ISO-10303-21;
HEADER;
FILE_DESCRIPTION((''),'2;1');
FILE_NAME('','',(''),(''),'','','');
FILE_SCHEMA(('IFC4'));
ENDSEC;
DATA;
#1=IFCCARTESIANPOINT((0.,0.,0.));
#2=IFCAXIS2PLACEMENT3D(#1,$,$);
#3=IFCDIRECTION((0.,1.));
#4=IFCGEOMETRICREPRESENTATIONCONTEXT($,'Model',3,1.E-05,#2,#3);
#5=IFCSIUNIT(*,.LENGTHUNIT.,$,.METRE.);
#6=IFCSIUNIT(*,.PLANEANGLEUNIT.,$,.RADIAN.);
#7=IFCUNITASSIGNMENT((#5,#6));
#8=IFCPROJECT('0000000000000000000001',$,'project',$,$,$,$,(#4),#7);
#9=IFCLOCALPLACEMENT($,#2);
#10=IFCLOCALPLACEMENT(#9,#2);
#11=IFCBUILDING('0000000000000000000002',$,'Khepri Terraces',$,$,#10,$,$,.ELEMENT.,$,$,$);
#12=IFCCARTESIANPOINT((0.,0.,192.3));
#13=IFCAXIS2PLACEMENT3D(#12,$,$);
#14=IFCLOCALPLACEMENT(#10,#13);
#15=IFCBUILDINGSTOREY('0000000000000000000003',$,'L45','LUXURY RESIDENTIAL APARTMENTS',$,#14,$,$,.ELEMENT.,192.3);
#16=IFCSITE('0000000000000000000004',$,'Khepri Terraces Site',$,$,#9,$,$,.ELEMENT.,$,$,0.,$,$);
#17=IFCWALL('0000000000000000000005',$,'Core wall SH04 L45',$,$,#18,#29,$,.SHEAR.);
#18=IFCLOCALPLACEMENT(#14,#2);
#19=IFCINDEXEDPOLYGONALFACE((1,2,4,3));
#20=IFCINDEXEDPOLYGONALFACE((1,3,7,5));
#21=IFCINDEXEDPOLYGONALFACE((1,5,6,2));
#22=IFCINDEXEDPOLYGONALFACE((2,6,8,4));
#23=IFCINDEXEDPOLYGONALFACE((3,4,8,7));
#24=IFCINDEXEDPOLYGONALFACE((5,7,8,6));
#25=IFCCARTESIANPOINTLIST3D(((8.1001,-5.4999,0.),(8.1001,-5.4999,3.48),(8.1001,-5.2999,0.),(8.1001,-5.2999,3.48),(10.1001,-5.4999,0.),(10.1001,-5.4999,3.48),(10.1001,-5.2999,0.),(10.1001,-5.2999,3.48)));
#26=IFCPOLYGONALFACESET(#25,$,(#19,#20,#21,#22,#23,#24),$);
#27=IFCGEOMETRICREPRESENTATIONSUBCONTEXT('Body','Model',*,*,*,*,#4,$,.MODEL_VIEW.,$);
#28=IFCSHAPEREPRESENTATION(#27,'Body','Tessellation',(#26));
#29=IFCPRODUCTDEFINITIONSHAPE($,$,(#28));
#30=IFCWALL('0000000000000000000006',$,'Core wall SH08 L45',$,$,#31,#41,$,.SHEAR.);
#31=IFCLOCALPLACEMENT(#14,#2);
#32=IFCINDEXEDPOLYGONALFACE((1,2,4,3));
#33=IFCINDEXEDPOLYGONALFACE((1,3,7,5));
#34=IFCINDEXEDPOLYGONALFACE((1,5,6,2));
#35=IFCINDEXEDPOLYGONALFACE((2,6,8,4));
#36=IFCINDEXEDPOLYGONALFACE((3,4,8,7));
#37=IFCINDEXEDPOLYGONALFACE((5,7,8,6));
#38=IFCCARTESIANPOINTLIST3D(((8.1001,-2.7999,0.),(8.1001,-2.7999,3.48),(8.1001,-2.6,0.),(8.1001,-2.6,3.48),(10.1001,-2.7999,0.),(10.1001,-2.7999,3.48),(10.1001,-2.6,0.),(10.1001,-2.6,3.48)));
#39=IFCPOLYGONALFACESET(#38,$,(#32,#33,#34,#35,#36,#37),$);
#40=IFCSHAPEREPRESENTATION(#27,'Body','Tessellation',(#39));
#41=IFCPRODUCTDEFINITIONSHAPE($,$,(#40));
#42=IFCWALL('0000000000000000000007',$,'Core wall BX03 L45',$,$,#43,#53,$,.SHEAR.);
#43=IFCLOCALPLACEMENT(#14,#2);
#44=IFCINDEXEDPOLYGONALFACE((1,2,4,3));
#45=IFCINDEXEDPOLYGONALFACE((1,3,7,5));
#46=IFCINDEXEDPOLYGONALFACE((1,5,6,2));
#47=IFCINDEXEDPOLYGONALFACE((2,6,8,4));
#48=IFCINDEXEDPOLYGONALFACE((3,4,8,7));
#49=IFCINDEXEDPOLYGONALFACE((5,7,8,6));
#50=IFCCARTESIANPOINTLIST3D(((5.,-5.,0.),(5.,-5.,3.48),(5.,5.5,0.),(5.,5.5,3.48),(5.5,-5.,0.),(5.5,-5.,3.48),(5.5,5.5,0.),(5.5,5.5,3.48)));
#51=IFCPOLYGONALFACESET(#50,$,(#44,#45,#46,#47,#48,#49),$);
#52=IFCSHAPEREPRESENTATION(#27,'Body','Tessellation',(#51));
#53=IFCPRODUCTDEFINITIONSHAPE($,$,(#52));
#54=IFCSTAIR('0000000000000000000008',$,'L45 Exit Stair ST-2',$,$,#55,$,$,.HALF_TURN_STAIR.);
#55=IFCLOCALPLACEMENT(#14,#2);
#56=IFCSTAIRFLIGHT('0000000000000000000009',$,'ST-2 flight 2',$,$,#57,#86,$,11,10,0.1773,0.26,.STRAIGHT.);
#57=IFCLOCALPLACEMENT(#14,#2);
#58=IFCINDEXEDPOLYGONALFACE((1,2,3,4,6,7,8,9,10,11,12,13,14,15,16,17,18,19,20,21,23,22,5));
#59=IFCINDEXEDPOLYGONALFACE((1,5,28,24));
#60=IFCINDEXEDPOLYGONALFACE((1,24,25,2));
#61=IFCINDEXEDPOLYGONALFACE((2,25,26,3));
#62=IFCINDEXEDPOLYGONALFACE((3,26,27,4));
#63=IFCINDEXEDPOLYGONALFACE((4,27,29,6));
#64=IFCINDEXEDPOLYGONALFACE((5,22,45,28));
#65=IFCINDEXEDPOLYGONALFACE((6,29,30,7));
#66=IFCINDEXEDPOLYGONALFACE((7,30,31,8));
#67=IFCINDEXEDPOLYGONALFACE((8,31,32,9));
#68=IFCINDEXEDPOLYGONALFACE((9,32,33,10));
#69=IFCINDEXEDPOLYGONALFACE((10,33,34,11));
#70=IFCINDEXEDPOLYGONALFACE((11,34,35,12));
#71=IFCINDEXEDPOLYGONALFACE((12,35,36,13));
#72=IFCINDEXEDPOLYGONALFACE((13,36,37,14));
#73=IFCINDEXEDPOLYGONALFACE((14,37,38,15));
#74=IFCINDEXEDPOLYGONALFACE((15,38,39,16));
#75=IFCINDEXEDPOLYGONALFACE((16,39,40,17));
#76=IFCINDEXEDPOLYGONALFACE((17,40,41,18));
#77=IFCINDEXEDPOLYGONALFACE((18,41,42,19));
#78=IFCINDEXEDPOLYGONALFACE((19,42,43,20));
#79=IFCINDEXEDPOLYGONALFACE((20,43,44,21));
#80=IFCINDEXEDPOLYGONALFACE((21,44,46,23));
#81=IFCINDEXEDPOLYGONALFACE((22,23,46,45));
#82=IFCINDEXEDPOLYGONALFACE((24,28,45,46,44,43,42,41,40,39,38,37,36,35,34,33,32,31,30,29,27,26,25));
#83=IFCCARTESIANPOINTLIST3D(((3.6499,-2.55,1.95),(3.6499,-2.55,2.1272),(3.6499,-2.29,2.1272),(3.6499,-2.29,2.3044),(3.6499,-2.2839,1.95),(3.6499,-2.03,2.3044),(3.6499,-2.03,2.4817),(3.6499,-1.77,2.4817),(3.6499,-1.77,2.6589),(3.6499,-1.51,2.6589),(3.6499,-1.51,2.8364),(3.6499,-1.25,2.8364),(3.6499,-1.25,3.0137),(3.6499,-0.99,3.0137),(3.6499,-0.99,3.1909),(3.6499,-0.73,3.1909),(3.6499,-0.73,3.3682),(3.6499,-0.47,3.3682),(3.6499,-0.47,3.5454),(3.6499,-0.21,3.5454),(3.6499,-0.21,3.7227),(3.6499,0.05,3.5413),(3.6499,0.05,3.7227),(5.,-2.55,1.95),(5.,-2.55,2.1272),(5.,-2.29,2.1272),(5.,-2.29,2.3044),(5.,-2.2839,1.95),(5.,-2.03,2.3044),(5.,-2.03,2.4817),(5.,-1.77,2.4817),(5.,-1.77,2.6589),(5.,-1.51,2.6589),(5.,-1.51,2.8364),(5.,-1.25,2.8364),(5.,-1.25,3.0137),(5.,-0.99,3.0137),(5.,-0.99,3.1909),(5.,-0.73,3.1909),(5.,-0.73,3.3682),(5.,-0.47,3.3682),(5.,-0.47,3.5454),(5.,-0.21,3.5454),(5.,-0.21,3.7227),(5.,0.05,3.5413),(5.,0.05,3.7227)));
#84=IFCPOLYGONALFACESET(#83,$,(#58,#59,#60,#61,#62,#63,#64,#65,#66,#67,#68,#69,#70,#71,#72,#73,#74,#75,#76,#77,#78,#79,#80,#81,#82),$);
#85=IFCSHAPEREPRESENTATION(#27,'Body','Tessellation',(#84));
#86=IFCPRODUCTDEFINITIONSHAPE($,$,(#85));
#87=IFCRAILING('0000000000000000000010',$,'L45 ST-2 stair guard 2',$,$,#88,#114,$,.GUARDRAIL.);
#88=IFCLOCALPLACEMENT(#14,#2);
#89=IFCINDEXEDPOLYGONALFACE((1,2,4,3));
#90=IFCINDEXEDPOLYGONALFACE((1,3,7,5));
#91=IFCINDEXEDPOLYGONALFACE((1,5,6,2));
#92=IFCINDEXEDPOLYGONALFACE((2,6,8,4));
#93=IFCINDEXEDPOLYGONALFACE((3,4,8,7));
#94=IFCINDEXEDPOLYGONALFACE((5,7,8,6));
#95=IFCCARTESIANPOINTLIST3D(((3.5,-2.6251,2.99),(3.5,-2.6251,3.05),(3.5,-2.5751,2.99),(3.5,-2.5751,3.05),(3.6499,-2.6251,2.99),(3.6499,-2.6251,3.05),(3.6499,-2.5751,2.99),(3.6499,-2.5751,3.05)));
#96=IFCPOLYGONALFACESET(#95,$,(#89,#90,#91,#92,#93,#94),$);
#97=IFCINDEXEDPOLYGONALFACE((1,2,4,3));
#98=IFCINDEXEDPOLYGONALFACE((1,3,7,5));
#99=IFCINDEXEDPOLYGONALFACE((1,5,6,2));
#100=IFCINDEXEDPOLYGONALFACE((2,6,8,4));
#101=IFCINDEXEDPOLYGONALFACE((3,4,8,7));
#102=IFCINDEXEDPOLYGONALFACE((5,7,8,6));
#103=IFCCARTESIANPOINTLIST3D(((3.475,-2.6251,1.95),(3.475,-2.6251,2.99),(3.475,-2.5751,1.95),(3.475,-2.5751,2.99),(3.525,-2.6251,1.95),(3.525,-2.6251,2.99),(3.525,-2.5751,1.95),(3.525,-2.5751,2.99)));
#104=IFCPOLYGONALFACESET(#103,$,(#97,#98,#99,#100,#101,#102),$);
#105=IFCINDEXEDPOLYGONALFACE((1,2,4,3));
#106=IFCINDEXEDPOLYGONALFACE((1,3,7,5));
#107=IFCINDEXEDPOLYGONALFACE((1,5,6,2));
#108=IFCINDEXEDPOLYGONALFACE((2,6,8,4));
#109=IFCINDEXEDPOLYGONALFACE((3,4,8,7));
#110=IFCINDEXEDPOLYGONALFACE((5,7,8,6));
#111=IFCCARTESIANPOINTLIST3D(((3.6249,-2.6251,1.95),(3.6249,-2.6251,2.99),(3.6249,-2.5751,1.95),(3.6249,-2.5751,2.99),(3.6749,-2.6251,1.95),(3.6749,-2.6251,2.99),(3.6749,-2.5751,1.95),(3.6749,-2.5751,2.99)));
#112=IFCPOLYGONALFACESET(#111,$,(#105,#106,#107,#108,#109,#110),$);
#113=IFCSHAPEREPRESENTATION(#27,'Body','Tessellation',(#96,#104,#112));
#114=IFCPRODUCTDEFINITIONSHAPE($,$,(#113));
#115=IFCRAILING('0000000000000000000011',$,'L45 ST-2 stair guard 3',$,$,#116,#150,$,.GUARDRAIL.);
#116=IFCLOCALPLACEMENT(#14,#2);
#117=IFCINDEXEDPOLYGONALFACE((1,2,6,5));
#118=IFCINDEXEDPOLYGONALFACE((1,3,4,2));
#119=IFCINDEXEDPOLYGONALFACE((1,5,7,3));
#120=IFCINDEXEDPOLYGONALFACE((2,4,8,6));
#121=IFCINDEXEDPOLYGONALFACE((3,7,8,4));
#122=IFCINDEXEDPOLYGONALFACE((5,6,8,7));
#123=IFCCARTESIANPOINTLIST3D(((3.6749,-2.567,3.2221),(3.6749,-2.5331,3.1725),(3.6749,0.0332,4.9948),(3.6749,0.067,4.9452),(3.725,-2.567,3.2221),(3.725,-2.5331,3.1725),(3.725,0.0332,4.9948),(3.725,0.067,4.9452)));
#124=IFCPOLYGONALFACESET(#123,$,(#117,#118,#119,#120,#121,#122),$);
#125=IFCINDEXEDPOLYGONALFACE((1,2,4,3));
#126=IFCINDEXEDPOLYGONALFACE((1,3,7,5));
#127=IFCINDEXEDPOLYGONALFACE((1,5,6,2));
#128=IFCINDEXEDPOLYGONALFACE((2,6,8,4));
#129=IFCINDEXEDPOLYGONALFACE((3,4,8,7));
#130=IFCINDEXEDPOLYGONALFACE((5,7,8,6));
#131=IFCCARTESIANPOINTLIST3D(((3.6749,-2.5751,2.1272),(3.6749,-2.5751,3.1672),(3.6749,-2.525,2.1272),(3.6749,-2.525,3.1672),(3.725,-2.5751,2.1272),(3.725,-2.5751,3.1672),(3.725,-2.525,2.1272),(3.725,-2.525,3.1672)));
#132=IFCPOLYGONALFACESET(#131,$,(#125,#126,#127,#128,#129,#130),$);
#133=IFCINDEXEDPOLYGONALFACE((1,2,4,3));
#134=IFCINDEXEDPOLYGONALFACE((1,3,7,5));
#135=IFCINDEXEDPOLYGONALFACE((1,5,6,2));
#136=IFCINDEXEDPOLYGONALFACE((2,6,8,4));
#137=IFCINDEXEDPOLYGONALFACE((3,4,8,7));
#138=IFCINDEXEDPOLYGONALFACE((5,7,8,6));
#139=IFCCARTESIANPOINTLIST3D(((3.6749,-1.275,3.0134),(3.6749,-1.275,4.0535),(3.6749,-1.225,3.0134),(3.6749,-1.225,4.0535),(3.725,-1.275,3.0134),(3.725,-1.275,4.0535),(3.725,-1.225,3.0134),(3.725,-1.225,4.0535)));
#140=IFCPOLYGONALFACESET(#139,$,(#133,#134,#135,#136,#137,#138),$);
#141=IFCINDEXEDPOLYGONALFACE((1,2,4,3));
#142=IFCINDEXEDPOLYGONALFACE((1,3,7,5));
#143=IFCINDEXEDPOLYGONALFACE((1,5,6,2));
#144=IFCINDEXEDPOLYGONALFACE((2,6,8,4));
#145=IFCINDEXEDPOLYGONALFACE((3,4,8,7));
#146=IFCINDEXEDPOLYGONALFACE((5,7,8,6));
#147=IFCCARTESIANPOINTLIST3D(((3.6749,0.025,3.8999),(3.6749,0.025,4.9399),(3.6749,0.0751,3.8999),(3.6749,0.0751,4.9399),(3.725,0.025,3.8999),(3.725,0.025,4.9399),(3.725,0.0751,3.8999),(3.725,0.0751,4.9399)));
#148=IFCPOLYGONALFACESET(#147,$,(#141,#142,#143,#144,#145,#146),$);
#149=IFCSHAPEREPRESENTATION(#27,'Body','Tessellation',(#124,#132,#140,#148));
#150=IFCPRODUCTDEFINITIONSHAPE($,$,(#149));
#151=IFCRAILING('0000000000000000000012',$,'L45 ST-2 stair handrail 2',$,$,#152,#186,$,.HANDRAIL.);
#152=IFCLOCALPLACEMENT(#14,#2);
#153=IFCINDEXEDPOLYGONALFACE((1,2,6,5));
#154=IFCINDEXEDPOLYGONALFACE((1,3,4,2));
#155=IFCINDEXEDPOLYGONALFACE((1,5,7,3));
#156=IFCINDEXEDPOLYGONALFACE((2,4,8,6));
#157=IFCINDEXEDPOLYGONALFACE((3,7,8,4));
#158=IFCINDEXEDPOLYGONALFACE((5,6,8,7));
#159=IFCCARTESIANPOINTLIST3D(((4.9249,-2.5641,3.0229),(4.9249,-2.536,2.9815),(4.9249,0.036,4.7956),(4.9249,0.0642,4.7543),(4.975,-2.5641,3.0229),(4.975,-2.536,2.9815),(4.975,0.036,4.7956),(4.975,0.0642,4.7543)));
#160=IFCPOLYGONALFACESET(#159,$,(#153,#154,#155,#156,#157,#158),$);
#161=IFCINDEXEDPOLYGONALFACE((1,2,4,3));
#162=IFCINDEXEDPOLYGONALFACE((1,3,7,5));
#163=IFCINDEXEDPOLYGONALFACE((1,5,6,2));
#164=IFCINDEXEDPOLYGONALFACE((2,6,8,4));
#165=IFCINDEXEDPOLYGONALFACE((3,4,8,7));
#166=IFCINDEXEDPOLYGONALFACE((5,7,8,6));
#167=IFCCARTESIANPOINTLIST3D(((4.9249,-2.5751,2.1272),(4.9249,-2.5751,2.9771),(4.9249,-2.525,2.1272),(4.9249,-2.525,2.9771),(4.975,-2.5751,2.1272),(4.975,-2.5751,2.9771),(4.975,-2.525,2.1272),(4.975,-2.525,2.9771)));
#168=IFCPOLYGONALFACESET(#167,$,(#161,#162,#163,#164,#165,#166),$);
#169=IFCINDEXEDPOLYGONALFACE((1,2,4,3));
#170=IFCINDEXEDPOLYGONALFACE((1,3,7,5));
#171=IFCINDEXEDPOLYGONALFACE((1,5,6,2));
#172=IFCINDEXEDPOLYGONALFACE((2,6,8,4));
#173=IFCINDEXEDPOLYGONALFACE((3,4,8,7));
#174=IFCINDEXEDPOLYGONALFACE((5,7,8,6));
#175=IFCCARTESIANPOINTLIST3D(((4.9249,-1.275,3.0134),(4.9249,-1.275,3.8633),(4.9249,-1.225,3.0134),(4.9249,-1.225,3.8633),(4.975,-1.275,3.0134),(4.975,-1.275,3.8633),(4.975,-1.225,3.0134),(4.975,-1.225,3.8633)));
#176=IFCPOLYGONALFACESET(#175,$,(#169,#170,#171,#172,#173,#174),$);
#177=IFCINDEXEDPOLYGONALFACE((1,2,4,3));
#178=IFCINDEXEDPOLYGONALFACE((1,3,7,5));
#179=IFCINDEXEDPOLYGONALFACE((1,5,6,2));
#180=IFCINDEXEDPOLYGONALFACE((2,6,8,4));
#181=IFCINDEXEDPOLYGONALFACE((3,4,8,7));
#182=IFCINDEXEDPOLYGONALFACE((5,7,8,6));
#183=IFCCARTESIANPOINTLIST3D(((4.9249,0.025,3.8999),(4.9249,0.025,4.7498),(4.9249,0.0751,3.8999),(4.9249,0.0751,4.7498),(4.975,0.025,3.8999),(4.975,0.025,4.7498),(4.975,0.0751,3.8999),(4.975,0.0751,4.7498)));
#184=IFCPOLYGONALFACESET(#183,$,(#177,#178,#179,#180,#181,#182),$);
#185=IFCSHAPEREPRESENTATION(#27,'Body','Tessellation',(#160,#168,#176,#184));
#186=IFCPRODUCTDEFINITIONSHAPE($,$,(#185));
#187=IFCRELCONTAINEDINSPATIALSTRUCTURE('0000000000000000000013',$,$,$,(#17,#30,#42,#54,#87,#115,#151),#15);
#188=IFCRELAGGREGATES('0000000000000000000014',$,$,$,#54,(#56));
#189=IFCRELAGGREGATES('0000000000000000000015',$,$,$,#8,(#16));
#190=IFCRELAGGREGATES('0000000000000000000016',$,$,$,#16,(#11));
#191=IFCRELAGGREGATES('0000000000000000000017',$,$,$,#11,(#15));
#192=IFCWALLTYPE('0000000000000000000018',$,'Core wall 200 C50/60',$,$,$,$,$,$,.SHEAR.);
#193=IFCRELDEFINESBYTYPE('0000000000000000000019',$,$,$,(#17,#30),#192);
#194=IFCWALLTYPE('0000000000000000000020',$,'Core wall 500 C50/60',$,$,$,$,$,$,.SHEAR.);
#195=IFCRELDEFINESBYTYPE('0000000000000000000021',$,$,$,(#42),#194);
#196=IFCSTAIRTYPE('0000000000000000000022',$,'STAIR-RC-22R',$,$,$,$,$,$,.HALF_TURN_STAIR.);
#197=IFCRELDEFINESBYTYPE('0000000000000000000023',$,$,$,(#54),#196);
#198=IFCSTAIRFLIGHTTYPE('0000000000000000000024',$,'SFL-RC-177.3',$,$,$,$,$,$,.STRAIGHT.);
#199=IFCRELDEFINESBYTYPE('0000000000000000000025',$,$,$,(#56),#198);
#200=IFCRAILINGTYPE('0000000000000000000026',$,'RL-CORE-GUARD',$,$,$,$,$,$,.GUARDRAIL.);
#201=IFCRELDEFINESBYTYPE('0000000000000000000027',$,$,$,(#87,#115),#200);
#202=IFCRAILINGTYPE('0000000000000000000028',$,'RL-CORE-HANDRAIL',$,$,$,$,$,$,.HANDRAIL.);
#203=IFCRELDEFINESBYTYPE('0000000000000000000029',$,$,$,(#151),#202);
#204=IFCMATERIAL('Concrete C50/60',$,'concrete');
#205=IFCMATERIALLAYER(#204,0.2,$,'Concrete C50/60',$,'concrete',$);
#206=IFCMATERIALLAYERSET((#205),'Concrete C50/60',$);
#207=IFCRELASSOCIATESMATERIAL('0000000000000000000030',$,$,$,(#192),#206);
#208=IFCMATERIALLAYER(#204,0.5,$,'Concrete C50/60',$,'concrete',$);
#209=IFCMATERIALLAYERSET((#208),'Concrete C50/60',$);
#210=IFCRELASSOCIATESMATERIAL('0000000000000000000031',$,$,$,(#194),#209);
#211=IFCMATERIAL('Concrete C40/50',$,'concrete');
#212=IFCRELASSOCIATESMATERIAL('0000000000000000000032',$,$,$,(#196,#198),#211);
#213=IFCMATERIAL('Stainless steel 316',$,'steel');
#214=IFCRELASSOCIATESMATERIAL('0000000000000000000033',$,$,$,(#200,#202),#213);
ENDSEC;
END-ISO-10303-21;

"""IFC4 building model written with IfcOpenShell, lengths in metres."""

from ifc_helpers import new_model, si_unit, direction, frame, frame_2d, origin, origin_2d, place, context, subcontext, project, spatial, polyline, rectangle, outline, extrude, material, layer, layer_set, type_object, element, aggregate, save


model = new_model("IFC4")

# Units and contexts
model_context = context("Model", 3, precision=1e-05, world=origin(), true_north=direction((0.0, 1.0)))
body_context = subcontext(model_context, "Body", "Model", "MODEL_VIEW")
ifc_project = project(units=[si_unit("LENGTHUNIT", "METRE"), si_unit("PLANEANGLEUNIT", "RADIAN")], contexts=[model_context])

# Site, building, storey
site_placement = place(None, origin())
site = spatial("IfcSite", under=ifc_project, at=site_placement, Name="Khepri Terraces Site", CompositionType="ELEMENT", RefElevation=0.0)
building_placement = place(site_placement, origin())
building = spatial("IfcBuilding", under=site, at=building_placement, Name="Khepri Terraces", CompositionType="ELEMENT")
storey_placement = place(building_placement, frame((0.0, 0.0, 192.3)))
storey = spatial("IfcBuildingStorey", under=building, at=storey_placement, Name="L45", Description="LUXURY RESIDENTIAL APARTMENTS", CompositionType="ELEMENT", Elevation=192.3)

# Shared definitions
ifc_material_1 = material(Name="Concrete C50/60", Category="concrete")
ifc_layer_1 = layer(ifc_material_1, 0.2, Name="Concrete C50/60", Category="concrete")
ifc_layer_set_1 = layer_set([ifc_layer_1], Name="Concrete C50/60")
wall_type_1 = type_object("IfcWallType", Name="Core wall 200 C50/60", PredefinedType="SHEAR", material=ifc_layer_set_1)

# Walls
for number, where, z_axis, x_axis, name in (
    (1, (8.1001, -5.3999, 0.0), (0.0, 0.0, 1.0), (1.0, 0.0, 0.0), "Core wall SH04 L45"),
    (2, (8.1001, -2.7, 0.0), (0.0, 0.0, 1.0), (1.0, 0.0, 0.0), "Core wall SH08 L45"),
):
    element("IfcWall", number, at=place(storey_placement, frame(where, z_axis=z_axis, x_axis=x_axis)), inside=storey, type_object=wall_type_1, Name=name, PredefinedType="SHEAR", context=body_context, shape_type="SweptSolid", body=[
        extrude(rectangle(XDim=2.0, YDim=0.2, at=frame_2d((1.0, 0.0))), origin(), (0.0, 0.0, 1.0), 3.48),
    ])
ifc_layer_2 = layer(ifc_material_1, 0.5, Name="Concrete C50/60", Category="concrete")
ifc_layer_set_2 = layer_set([ifc_layer_2], Name="Concrete C50/60")
wall_type_2 = type_object("IfcWallType", Name="Core wall 500 C50/60", PredefinedType="SHEAR", material=ifc_layer_set_2)
wall_1_placement = place(storey_placement, frame((5.25, -5.0, 0.0), z_axis=(0.0, 0.0, 1.0), x_axis=(0.0, 1.0, 0.0)))
element("IfcWall", 3, at=wall_1_placement, inside=storey, type_object=wall_type_2, Name="Core wall BX03 L45", PredefinedType="SHEAR", context=body_context, shape_type="SweptSolid", body=[
    extrude(rectangle(XDim=10.5, YDim=0.5, at=frame_2d((5.25, 0.0))), origin(), (0.0, 0.0, 1.0), 3.48),
])

# Stair, stair flight
ifc_material_2 = material(Name="Concrete C40/50", Category="concrete")
stair_type = type_object("IfcStairType", Name="STAIR-RC-22R", PredefinedType="HALF_TURN_STAIR", material=ifc_material_2)
stair_placement = place(storey_placement, origin())
stair = element("IfcStair", 4, at=stair_placement, inside=storey, type_object=stair_type, Name="L45 Exit Stair ST-2", PredefinedType="HALF_TURN_STAIR")
stair_flight_type = type_object("IfcStairFlightType", Name="SFL-RC-177.3", PredefinedType="STRAIGHT", material=ifc_material_2)
stair_flight_placement = place(storey_placement, frame((4.325, -2.55, 1.95), z_axis=(0.0, 0.0, 1.0), x_axis=(0.0, 1.0, 0.0)))
stair_flight = element("IfcStairFlight", 5, at=stair_flight_placement, type_object=stair_flight_type, Name="ST-2 flight 2", NumberOfRisers=11, NumberOfTreads=10, PredefinedType="STRAIGHT", RiserHeight=0.1773, TreadLength=0.26, context=body_context, shape_type="SweptSolid", body=[
    extrude(outline(polyline([(0.0, 0.0), (0.0, 0.1772), (0.26, 0.1772), (0.26, 0.3545), (0.52, 0.3545), (0.52, 0.5317), (0.78, 0.5317), (0.78, 0.709), (1.04, 0.709), (1.04, 0.8865), (1.3, 0.8865), (1.3, 1.0637), (1.5601, 1.0637), (1.5601, 1.241), (1.8201, 1.241), (1.8201, 1.4182), (2.0801, 1.4182), (2.0801, 1.5955), (2.3401, 1.5955), (2.3401, 1.7727), (2.6001, 1.7727), (2.6001, 1.95), (2.6001, 1.5913), (0.2661, 0.0), (0.0, 0.0)])), frame((0.0, 0.675, 0.0), z_axis=(0.0, -1.0, 0.0), x_axis=(1.0, 0.0, 0.0)), (0.0, 0.0, 1.0), 1.3501),
])
aggregate(stair, [stair_flight])

# Railings
ifc_material_3 = material(Name="Stainless steel 316", Category="steel")
railing_type_1 = type_object("IfcRailingType", Name="RL-CORE-GUARD", PredefinedType="GUARDRAIL", material=ifc_material_3)
railing_1_placement = place(storey_placement, frame((3.5, -2.6001, 1.95)))
element("IfcRailing", 6, at=railing_1_placement, inside=storey, type_object=railing_type_1, Name="L45 ST-2 stair guard 2", PredefinedType="GUARDRAIL", context=body_context, shape_type="SweptSolid", body=[
    extrude(rectangle(XDim=0.05, YDim=0.0601, at=origin_2d()), frame((0.0, 0.0, 1.0701), z_axis=(1.0, 0.0, 0.0), x_axis=(0.0, 1.0, 0.0)), (0.0, 0.0, 1.0), 0.1499),
    extrude(rectangle(XDim=0.05, YDim=0.05, at=origin_2d()), origin(), (0.0, 0.0, 1.0), 1.04),
    extrude(rectangle(XDim=0.05, YDim=0.05, at=origin_2d()), frame((0.1499, 0.0, 0.0)), (0.0, 0.0, 1.0), 1.04),
])
railing_2_placement = place(storey_placement, frame((3.7, -2.55, 2.1272)))
element("IfcRailing", 7, at=railing_2_placement, inside=storey, type_object=railing_type_1, Name="L45 ST-2 stair guard 3", PredefinedType="GUARDRAIL", context=body_context, shape_type="SweptSolid", body=[
    extrude(rectangle(XDim=0.05, YDim=0.0601, at=origin_2d()), frame((0.0, 0.0, 1.0701), z_axis=(0.0, 0.82624, 0.563318), x_axis=(-1.0, 0.0, 0.0)), (0.0, 0.0, 1.0), 3.147),
    extrude(rectangle(XDim=0.05, YDim=0.05, at=origin_2d()), origin(), (0.0, 0.0, 1.0), 1.04),
    extrude(rectangle(XDim=0.05, YDim=0.05, at=origin_2d()), frame((0.0, 1.3, 0.8862)), (0.0, 0.0, 1.0), 1.04),
    extrude(rectangle(XDim=0.05, YDim=0.05, at=origin_2d()), frame((0.0, 2.6001, 1.7727)), (0.0, 0.0, 1.0), 1.04),
])
railing_type_2 = type_object("IfcRailingType", Name="RL-CORE-HANDRAIL", PredefinedType="HANDRAIL", material=ifc_material_3)
railing_3_placement = place(storey_placement, frame((4.95, -2.55, 2.1272)))
element("IfcRailing", 8, at=railing_3_placement, inside=storey, type_object=railing_type_2, Name="L45 ST-2 stair handrail 2", PredefinedType="HANDRAIL", context=body_context, shape_type="SweptSolid", body=[
    extrude(rectangle(XDim=0.05, YDim=0.05, at=origin_2d()), frame((0.0, 0.0, 0.875), z_axis=(0.0, 0.82624, 0.563318), x_axis=(-1.0, 0.0, 0.0)), (0.0, 0.0, 1.0), 3.147),
    extrude(rectangle(XDim=0.05, YDim=0.05, at=origin_2d()), origin(), (0.0, 0.0, 1.0), 0.8499),
    extrude(rectangle(XDim=0.05, YDim=0.05, at=origin_2d()), frame((0.0, 1.3, 0.8862)), (0.0, 0.0, 1.0), 0.8499),
    extrude(rectangle(XDim=0.05, YDim=0.05, at=origin_2d()), frame((0.0, 2.6001, 1.7727)), (0.0, 0.0, 1.0), 0.8499),
])

save(model, "model.ifc")
